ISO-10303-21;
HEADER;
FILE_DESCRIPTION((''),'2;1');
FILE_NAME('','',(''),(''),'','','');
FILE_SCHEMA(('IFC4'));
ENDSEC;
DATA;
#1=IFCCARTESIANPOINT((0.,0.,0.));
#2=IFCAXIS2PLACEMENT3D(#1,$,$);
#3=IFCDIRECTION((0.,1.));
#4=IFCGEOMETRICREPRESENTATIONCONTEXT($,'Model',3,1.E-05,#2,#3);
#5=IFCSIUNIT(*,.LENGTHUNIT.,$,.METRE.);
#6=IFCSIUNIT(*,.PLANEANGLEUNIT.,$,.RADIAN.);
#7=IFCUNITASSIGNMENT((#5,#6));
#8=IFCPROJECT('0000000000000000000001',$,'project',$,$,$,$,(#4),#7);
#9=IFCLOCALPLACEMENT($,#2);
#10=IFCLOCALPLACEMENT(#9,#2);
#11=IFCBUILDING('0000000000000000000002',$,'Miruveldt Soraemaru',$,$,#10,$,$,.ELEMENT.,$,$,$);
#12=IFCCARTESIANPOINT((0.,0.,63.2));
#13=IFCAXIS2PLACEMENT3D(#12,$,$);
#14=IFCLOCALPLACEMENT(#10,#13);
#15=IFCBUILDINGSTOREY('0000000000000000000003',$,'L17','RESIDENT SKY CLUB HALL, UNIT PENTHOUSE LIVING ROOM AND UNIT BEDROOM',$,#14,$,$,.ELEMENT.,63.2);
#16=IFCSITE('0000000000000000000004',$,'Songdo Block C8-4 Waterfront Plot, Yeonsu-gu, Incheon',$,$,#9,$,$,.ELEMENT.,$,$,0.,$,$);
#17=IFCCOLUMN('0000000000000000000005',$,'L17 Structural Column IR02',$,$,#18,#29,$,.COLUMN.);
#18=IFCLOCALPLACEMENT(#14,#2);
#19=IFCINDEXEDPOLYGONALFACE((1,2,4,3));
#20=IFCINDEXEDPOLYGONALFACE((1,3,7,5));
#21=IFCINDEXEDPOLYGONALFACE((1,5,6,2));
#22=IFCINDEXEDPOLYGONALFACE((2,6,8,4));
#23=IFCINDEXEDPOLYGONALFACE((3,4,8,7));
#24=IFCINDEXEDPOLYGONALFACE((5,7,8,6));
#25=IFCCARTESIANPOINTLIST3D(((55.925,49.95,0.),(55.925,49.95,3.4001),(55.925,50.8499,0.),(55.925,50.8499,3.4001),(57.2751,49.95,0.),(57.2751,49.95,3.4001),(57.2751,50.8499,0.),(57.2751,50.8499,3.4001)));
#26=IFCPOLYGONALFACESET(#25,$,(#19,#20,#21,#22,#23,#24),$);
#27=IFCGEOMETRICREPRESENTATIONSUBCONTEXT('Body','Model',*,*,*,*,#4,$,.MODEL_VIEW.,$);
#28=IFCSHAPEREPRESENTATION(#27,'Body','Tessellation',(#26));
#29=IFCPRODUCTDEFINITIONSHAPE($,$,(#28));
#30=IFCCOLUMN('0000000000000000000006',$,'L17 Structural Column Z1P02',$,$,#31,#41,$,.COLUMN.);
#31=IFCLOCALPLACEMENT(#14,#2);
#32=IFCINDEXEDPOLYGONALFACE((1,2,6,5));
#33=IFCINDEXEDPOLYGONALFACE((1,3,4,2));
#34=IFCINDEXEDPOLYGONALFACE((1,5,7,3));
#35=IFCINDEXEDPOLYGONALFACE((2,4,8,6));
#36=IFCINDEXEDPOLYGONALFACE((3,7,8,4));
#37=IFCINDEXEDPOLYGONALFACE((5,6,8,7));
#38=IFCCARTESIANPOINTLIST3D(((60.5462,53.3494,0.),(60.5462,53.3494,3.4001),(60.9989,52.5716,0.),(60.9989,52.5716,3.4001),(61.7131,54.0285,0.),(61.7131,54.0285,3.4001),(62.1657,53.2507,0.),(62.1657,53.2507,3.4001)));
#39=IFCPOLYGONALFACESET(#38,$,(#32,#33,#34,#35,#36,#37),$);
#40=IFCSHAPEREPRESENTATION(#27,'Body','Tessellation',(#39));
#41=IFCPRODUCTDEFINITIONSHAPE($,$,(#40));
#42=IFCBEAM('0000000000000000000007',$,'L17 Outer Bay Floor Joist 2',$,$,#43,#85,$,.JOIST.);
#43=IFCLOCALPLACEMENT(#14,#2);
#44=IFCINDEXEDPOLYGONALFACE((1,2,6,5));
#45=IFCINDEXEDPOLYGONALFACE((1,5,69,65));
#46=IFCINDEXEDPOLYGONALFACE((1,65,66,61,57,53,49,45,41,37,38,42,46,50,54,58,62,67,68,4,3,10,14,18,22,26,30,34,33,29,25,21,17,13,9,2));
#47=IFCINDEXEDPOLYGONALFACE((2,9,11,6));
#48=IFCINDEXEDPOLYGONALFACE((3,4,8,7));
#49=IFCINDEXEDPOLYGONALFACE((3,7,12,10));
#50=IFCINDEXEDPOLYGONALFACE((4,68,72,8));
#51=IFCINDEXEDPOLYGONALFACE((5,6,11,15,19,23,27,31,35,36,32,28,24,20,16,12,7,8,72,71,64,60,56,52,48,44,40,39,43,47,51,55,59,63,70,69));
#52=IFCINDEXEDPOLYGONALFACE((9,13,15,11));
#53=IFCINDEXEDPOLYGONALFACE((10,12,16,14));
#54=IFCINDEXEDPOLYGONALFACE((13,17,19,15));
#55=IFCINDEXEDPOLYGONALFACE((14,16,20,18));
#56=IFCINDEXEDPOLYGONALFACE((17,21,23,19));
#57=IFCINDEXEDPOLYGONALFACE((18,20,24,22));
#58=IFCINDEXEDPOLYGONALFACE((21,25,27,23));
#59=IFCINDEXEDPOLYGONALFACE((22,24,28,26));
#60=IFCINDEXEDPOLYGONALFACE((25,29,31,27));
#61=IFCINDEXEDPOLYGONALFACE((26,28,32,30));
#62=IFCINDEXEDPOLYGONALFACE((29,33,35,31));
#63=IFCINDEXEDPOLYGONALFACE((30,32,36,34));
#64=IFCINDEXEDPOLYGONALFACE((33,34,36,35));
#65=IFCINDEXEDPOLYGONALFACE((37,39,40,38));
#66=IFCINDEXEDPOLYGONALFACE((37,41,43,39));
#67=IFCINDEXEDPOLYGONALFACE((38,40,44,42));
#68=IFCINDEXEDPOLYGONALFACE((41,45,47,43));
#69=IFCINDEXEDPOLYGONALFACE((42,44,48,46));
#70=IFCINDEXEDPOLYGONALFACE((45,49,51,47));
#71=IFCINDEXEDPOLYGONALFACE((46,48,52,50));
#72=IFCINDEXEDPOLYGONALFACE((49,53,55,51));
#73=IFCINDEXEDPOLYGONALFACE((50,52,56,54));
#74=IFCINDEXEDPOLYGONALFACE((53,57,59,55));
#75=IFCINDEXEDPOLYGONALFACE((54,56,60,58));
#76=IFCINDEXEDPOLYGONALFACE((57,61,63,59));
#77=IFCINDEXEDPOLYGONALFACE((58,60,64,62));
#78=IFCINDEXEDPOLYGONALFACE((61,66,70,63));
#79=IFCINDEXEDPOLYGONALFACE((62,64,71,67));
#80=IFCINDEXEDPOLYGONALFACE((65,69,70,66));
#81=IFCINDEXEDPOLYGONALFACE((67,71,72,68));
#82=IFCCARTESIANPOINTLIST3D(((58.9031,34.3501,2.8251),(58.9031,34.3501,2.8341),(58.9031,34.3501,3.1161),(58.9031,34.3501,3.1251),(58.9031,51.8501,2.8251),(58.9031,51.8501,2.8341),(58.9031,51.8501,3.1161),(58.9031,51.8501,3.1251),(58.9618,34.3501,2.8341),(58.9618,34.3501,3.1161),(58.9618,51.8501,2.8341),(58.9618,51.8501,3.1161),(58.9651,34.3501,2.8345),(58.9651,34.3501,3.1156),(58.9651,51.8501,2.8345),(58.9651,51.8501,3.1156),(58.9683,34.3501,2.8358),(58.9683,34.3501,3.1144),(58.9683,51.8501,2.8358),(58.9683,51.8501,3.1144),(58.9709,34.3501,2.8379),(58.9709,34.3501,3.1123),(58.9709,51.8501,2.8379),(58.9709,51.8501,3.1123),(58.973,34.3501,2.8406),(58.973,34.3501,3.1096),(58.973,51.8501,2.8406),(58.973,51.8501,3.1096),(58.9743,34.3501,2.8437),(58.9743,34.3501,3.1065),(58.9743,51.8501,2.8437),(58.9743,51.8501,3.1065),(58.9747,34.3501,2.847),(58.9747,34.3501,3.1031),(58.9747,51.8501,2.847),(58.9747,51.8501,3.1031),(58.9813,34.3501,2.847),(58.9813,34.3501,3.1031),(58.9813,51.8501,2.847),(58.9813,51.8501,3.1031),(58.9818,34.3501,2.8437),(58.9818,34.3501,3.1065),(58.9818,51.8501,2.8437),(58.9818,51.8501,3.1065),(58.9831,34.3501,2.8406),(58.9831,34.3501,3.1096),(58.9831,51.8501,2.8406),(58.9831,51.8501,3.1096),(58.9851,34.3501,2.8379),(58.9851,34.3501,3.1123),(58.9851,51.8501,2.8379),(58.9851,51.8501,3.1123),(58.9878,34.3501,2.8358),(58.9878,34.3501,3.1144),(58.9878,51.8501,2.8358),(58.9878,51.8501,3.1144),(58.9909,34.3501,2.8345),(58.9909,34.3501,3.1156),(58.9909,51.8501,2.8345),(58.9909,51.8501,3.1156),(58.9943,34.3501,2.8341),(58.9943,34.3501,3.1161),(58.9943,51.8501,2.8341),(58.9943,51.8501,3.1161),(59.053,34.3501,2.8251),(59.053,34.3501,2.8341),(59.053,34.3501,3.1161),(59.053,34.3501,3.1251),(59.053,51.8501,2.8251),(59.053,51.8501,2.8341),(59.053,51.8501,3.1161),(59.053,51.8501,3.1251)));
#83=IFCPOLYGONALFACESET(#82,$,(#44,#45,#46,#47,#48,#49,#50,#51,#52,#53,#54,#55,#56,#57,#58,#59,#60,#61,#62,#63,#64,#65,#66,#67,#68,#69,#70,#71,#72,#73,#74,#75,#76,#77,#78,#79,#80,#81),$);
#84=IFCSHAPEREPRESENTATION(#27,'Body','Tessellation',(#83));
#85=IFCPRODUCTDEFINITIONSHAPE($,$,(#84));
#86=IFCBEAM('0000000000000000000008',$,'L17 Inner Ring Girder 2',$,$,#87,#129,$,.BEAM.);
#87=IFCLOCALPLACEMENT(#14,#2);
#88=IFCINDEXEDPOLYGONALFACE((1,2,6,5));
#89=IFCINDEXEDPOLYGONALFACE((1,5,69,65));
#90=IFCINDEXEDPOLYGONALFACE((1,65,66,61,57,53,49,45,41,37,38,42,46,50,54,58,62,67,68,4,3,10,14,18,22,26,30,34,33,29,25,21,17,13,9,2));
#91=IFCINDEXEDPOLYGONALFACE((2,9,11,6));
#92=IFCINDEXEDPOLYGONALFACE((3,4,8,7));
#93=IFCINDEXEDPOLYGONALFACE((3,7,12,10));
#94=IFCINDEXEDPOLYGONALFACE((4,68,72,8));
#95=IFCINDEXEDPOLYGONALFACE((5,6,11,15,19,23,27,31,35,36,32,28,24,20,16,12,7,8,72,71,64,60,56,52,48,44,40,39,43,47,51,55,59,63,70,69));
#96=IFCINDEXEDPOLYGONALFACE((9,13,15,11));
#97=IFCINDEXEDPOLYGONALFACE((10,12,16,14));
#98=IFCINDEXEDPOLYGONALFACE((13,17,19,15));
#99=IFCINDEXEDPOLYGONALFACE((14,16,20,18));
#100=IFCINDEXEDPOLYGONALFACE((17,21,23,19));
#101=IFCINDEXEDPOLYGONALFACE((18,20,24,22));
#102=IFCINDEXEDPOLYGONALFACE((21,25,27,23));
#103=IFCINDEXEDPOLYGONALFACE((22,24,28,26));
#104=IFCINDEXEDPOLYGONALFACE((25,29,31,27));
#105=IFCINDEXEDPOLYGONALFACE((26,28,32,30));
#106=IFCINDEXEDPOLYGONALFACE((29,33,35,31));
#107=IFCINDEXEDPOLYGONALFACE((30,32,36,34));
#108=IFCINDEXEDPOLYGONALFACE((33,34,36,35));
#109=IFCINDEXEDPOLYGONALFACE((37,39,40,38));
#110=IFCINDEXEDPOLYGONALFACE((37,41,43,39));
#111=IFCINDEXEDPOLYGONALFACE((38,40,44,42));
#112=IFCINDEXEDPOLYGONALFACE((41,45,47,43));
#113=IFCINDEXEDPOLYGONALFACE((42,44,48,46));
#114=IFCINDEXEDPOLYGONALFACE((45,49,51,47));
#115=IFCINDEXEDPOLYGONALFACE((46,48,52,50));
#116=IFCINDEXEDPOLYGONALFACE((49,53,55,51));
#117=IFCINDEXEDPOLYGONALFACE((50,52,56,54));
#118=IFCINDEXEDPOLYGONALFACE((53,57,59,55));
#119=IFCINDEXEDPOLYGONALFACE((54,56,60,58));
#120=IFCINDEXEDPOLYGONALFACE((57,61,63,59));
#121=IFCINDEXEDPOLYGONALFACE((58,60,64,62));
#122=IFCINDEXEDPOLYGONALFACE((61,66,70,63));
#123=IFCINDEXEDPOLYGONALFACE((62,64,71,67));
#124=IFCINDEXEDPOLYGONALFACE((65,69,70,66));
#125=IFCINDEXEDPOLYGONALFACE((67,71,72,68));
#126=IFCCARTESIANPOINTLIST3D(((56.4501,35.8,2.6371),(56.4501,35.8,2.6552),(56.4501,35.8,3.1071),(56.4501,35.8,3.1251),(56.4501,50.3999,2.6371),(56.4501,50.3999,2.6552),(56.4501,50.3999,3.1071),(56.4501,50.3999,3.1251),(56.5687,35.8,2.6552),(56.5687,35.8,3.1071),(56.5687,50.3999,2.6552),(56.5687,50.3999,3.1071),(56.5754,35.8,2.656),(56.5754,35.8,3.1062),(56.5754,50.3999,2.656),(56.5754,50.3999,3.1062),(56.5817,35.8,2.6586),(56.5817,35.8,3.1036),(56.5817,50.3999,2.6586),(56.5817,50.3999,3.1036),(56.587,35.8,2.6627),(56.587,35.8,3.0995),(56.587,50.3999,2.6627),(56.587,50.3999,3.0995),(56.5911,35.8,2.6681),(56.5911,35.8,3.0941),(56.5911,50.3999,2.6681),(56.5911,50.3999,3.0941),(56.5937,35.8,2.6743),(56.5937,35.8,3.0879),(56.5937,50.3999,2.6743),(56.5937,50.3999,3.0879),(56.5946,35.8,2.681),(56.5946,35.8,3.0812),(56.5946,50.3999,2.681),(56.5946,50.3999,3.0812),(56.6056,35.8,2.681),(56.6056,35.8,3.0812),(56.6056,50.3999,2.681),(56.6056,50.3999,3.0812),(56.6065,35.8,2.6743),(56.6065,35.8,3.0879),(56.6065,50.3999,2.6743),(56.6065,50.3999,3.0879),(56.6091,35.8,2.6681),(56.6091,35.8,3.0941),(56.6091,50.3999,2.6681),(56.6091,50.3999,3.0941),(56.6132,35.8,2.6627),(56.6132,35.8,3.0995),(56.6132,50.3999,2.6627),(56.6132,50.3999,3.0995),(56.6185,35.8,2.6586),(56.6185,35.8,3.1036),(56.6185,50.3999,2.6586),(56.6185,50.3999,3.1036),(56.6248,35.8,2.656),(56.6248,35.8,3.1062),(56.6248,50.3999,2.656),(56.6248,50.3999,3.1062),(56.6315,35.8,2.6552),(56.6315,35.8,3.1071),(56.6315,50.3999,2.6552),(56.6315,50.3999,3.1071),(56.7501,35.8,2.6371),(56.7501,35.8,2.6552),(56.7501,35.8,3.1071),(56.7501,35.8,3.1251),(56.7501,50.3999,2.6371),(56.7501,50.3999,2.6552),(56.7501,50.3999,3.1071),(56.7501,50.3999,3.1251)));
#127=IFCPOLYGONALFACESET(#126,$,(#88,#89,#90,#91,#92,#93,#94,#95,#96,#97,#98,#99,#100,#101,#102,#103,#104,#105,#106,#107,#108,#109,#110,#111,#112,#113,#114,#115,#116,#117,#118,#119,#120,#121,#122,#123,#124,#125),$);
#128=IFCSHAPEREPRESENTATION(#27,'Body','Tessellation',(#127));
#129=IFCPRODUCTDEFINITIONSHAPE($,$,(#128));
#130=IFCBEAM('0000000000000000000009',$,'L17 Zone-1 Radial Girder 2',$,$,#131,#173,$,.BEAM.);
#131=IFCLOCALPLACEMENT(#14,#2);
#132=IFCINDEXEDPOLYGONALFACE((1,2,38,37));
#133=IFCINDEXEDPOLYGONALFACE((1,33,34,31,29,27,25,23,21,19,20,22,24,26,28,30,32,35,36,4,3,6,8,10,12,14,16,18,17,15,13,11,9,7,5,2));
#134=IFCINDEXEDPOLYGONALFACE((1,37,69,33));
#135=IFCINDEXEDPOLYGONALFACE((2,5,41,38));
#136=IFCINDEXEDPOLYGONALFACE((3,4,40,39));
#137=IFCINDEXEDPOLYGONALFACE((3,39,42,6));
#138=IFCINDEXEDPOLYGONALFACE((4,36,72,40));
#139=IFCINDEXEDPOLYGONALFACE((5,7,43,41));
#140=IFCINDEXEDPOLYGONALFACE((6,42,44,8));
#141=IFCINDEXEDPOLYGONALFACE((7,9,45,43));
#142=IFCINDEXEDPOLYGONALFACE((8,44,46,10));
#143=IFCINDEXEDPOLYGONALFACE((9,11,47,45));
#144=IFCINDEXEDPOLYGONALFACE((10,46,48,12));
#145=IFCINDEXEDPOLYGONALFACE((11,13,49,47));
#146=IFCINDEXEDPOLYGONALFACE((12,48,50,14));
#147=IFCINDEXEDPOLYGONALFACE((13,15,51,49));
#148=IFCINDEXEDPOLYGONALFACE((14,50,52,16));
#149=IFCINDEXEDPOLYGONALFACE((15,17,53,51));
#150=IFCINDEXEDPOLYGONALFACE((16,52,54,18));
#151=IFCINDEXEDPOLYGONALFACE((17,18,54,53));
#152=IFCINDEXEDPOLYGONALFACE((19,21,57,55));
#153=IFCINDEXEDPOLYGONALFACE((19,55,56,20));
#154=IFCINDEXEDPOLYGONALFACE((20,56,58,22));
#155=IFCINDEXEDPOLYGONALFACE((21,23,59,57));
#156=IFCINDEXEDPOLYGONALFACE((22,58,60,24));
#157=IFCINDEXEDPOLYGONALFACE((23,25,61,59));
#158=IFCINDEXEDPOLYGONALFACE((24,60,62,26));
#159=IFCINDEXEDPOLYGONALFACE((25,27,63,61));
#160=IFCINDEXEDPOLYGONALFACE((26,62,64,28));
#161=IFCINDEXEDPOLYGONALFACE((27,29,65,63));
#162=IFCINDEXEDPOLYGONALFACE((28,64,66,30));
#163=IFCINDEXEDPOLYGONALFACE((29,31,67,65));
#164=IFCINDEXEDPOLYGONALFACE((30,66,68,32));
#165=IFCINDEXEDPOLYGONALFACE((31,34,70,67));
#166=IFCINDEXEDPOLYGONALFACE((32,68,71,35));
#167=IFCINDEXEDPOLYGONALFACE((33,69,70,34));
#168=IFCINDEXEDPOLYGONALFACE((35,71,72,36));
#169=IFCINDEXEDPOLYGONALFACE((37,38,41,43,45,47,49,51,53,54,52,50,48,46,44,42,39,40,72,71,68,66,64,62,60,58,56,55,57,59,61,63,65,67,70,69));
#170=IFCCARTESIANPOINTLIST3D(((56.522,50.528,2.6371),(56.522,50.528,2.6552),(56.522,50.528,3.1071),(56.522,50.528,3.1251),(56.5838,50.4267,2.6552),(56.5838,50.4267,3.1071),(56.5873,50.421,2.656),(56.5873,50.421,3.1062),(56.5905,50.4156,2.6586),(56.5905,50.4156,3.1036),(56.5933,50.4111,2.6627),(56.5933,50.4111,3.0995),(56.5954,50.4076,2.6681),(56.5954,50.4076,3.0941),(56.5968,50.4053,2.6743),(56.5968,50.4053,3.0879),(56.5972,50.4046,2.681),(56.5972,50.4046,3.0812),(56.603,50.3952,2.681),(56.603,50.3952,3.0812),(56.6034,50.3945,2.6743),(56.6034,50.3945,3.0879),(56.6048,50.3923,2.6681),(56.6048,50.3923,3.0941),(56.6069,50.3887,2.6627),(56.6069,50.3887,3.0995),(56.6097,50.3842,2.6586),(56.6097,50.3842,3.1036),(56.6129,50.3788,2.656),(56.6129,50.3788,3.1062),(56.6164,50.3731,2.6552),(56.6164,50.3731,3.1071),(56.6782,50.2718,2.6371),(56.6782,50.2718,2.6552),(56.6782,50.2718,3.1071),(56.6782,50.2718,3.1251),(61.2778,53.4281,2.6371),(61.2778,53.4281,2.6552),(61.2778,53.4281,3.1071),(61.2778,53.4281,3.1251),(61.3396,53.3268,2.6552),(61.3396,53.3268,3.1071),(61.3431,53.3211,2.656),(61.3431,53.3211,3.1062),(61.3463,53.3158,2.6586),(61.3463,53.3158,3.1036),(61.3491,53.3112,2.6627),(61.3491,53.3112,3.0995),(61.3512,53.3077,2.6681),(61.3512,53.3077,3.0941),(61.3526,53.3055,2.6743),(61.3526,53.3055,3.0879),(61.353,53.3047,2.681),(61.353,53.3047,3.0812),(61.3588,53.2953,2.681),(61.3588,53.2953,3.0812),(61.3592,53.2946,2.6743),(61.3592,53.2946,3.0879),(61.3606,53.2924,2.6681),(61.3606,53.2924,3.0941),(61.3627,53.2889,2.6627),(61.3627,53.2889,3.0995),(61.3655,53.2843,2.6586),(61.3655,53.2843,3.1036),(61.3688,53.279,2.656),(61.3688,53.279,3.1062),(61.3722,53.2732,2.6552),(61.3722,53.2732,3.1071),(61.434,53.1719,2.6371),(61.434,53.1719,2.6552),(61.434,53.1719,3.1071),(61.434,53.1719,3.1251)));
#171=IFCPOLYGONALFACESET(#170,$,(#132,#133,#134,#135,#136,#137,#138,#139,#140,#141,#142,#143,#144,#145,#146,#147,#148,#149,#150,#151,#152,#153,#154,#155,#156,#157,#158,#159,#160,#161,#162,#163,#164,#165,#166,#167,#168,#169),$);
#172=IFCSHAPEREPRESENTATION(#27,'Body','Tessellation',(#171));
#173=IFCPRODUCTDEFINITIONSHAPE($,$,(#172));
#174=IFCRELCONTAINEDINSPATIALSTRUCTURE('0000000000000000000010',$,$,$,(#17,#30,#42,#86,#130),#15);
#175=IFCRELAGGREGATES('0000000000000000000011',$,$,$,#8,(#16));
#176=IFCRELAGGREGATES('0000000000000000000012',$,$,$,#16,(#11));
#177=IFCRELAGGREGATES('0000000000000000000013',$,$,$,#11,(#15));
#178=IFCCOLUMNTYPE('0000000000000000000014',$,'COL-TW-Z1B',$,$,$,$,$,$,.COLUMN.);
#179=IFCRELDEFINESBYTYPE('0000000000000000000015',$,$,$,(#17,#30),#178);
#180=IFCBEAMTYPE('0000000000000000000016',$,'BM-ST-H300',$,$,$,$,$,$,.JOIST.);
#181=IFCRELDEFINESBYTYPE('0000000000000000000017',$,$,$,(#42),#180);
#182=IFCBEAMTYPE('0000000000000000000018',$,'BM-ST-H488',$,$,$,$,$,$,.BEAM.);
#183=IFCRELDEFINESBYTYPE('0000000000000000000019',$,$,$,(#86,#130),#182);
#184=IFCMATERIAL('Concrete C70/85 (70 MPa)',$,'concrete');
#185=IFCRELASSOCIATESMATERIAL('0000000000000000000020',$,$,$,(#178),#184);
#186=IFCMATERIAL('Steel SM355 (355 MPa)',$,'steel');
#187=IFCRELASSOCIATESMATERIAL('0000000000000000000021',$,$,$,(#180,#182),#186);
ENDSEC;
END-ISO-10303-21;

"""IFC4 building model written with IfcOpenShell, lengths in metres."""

from ifc_helpers import new_model, si_unit, direction, frame, origin, origin_2d, place, context, subcontext, project, spatial, rectangle, i_section, extrude, material, material_profile, profile_set, type_object, element, save


model = new_model("IFC4")

# Units and contexts
model_context = context("Model", 3, precision=1e-05, world=origin(), true_north=direction((0.0, 1.0)))
body_context = subcontext(model_context, "Body", "Model", "MODEL_VIEW")
ifc_project = project(units=[si_unit("LENGTHUNIT", "METRE"), si_unit("PLANEANGLEUNIT", "RADIAN")], contexts=[model_context])

# Site, building, storey
site_placement = place(None, origin())
site = spatial("IfcSite", under=ifc_project, at=site_placement, Name="Songdo Block C8-4 Waterfront Plot, Yeonsu-gu, Incheon", CompositionType="ELEMENT", RefElevation=0.0)
building_placement = place(site_placement, origin())
building = spatial("IfcBuilding", under=site, at=building_placement, Name="Miruveldt Soraemaru", CompositionType="ELEMENT")
storey_placement = place(building_placement, frame((0.0, 0.0, 63.2)))
storey = spatial("IfcBuildingStorey", under=building, at=storey_placement, Name="L17", Description="RESIDENT SKY CLUB HALL, UNIT PENTHOUSE LIVING ROOM AND UNIT BEDROOM", CompositionType="ELEMENT", Elevation=63.2)

# Columns
ifc_material_1 = material(Name="Concrete C70/85 (70 MPa)", Category="concrete")
ifc_material_profile_1 = material_profile(ifc_material_1, rectangle(XDim=1.3501, YDim=0.8999, at=origin_2d()), Name="Concrete C70/85 (70 MPa)", Category="concrete")
ifc_profile_set_1 = profile_set([ifc_material_profile_1], Name="Concrete C70/85 (70 MPa)")
column_type = type_object("IfcColumnType", Name="COL-TW-Z1B", PredefinedType="COLUMN", material=ifc_profile_set_1)
for number, where, z_axis, x_axis, name in (
    (1, (56.6001, 50.3999, 0.0), (0.0, 0.0, 1.0), (1.0, 0.0, 0.0), "L17 Structural Column IR02"),
    (2, (61.356, 53.3, 0.0), (0.0, 0.0, 1.0), (0.864275, 0.50302, 0.0), "L17 Structural Column Z1P02"),
):
    element("IfcColumn", number, at=place(storey_placement, frame(where, z_axis=z_axis, x_axis=x_axis)), inside=storey, type_object=column_type, Name=name, PredefinedType="COLUMN", context=body_context, shape_type="SweptSolid", body=[
        extrude(rectangle(XDim=1.3501, YDim=0.8999, at=origin_2d()), origin(), (0.0, 0.0, 1.0), 3.4001),
    ])

# Beams
ifc_material_2 = material(Name="Steel SM355 (355 MPa)", Category="steel")
ifc_material_profile_2 = material_profile(ifc_material_2, i_section(OverallWidth=0.1499, OverallDepth=0.3, WebThickness=0.0066, FlangeThickness=0.009, FilletRadius=0.0129, at=origin_2d()), Name="Steel SM355 (355 MPa)", Category="steel")
ifc_profile_set_2 = profile_set([ifc_material_profile_2], Name="Steel SM355 (355 MPa)")
beam_type_1 = type_object("IfcBeamType", Name="BM-ST-H300", PredefinedType="JOIST", material=ifc_profile_set_2)
beam_1_placement = place(storey_placement, frame((58.978, 51.8501, 2.9751), z_axis=(0.0, -1.0, 0.0), x_axis=(1.0, 0.0, 0.0)))
element("IfcBeam", 3, at=beam_1_placement, inside=storey, type_object=beam_type_1, Name="L17 Outer Bay Floor Joist 2", PredefinedType="JOIST", context=body_context, shape_type="SweptSolid", body=[
    extrude(i_section(OverallWidth=0.1499, OverallDepth=0.3, WebThickness=0.0066, FlangeThickness=0.009, FilletRadius=0.0129, at=origin_2d()), origin(), (0.0, 0.0, 1.0), 17.5),
])
ifc_material_profile_3 = material_profile(ifc_material_2, i_section(OverallWidth=0.3, OverallDepth=0.488, WebThickness=0.011, FlangeThickness=0.0181, FilletRadius=0.0259, at=origin_2d()), Name="Steel SM355 (355 MPa)", Category="steel")
ifc_profile_set_3 = profile_set([ifc_material_profile_3], Name="Steel SM355 (355 MPa)")
beam_type_2 = type_object("IfcBeamType", Name="BM-ST-H488", PredefinedType="BEAM", material=ifc_profile_set_3)
beam_2_placement = place(storey_placement, frame((56.6001, 50.3999, 2.8811), z_axis=(0.0, -1.0, 0.0), x_axis=(1.0, 0.0, 0.0)))
element("IfcBeam", 4, at=beam_2_placement, inside=storey, type_object=beam_type_2, Name="L17 Inner Ring Girder 2", PredefinedType="BEAM", context=body_context, shape_type="SweptSolid", body=[
    extrude(i_section(OverallWidth=0.3, OverallDepth=0.488, WebThickness=0.011, FlangeThickness=0.0181, FilletRadius=0.0259, at=origin_2d()), origin(), (0.0, 0.0, 1.0), 14.5999),
])
beam_3_placement = place(storey_placement, frame((56.6001, 50.3999, 2.8811), z_axis=(0.853778, 0.520638, 0.0), x_axis=(-0.520638, 0.853778, 0.0)))
element("IfcBeam", 5, at=beam_3_placement, inside=storey, type_object=beam_type_2, Name="L17 Zone-1 Radial Girder 2", PredefinedType="BEAM", context=body_context, shape_type="SweptSolid", body=[
    extrude(i_section(OverallWidth=0.3, OverallDepth=0.488, WebThickness=0.011, FlangeThickness=0.0181, FilletRadius=0.0259, at=origin_2d()), origin(), (0.0, 0.0, 1.0), 5.5703),
])

save(model, "model.ifc")
